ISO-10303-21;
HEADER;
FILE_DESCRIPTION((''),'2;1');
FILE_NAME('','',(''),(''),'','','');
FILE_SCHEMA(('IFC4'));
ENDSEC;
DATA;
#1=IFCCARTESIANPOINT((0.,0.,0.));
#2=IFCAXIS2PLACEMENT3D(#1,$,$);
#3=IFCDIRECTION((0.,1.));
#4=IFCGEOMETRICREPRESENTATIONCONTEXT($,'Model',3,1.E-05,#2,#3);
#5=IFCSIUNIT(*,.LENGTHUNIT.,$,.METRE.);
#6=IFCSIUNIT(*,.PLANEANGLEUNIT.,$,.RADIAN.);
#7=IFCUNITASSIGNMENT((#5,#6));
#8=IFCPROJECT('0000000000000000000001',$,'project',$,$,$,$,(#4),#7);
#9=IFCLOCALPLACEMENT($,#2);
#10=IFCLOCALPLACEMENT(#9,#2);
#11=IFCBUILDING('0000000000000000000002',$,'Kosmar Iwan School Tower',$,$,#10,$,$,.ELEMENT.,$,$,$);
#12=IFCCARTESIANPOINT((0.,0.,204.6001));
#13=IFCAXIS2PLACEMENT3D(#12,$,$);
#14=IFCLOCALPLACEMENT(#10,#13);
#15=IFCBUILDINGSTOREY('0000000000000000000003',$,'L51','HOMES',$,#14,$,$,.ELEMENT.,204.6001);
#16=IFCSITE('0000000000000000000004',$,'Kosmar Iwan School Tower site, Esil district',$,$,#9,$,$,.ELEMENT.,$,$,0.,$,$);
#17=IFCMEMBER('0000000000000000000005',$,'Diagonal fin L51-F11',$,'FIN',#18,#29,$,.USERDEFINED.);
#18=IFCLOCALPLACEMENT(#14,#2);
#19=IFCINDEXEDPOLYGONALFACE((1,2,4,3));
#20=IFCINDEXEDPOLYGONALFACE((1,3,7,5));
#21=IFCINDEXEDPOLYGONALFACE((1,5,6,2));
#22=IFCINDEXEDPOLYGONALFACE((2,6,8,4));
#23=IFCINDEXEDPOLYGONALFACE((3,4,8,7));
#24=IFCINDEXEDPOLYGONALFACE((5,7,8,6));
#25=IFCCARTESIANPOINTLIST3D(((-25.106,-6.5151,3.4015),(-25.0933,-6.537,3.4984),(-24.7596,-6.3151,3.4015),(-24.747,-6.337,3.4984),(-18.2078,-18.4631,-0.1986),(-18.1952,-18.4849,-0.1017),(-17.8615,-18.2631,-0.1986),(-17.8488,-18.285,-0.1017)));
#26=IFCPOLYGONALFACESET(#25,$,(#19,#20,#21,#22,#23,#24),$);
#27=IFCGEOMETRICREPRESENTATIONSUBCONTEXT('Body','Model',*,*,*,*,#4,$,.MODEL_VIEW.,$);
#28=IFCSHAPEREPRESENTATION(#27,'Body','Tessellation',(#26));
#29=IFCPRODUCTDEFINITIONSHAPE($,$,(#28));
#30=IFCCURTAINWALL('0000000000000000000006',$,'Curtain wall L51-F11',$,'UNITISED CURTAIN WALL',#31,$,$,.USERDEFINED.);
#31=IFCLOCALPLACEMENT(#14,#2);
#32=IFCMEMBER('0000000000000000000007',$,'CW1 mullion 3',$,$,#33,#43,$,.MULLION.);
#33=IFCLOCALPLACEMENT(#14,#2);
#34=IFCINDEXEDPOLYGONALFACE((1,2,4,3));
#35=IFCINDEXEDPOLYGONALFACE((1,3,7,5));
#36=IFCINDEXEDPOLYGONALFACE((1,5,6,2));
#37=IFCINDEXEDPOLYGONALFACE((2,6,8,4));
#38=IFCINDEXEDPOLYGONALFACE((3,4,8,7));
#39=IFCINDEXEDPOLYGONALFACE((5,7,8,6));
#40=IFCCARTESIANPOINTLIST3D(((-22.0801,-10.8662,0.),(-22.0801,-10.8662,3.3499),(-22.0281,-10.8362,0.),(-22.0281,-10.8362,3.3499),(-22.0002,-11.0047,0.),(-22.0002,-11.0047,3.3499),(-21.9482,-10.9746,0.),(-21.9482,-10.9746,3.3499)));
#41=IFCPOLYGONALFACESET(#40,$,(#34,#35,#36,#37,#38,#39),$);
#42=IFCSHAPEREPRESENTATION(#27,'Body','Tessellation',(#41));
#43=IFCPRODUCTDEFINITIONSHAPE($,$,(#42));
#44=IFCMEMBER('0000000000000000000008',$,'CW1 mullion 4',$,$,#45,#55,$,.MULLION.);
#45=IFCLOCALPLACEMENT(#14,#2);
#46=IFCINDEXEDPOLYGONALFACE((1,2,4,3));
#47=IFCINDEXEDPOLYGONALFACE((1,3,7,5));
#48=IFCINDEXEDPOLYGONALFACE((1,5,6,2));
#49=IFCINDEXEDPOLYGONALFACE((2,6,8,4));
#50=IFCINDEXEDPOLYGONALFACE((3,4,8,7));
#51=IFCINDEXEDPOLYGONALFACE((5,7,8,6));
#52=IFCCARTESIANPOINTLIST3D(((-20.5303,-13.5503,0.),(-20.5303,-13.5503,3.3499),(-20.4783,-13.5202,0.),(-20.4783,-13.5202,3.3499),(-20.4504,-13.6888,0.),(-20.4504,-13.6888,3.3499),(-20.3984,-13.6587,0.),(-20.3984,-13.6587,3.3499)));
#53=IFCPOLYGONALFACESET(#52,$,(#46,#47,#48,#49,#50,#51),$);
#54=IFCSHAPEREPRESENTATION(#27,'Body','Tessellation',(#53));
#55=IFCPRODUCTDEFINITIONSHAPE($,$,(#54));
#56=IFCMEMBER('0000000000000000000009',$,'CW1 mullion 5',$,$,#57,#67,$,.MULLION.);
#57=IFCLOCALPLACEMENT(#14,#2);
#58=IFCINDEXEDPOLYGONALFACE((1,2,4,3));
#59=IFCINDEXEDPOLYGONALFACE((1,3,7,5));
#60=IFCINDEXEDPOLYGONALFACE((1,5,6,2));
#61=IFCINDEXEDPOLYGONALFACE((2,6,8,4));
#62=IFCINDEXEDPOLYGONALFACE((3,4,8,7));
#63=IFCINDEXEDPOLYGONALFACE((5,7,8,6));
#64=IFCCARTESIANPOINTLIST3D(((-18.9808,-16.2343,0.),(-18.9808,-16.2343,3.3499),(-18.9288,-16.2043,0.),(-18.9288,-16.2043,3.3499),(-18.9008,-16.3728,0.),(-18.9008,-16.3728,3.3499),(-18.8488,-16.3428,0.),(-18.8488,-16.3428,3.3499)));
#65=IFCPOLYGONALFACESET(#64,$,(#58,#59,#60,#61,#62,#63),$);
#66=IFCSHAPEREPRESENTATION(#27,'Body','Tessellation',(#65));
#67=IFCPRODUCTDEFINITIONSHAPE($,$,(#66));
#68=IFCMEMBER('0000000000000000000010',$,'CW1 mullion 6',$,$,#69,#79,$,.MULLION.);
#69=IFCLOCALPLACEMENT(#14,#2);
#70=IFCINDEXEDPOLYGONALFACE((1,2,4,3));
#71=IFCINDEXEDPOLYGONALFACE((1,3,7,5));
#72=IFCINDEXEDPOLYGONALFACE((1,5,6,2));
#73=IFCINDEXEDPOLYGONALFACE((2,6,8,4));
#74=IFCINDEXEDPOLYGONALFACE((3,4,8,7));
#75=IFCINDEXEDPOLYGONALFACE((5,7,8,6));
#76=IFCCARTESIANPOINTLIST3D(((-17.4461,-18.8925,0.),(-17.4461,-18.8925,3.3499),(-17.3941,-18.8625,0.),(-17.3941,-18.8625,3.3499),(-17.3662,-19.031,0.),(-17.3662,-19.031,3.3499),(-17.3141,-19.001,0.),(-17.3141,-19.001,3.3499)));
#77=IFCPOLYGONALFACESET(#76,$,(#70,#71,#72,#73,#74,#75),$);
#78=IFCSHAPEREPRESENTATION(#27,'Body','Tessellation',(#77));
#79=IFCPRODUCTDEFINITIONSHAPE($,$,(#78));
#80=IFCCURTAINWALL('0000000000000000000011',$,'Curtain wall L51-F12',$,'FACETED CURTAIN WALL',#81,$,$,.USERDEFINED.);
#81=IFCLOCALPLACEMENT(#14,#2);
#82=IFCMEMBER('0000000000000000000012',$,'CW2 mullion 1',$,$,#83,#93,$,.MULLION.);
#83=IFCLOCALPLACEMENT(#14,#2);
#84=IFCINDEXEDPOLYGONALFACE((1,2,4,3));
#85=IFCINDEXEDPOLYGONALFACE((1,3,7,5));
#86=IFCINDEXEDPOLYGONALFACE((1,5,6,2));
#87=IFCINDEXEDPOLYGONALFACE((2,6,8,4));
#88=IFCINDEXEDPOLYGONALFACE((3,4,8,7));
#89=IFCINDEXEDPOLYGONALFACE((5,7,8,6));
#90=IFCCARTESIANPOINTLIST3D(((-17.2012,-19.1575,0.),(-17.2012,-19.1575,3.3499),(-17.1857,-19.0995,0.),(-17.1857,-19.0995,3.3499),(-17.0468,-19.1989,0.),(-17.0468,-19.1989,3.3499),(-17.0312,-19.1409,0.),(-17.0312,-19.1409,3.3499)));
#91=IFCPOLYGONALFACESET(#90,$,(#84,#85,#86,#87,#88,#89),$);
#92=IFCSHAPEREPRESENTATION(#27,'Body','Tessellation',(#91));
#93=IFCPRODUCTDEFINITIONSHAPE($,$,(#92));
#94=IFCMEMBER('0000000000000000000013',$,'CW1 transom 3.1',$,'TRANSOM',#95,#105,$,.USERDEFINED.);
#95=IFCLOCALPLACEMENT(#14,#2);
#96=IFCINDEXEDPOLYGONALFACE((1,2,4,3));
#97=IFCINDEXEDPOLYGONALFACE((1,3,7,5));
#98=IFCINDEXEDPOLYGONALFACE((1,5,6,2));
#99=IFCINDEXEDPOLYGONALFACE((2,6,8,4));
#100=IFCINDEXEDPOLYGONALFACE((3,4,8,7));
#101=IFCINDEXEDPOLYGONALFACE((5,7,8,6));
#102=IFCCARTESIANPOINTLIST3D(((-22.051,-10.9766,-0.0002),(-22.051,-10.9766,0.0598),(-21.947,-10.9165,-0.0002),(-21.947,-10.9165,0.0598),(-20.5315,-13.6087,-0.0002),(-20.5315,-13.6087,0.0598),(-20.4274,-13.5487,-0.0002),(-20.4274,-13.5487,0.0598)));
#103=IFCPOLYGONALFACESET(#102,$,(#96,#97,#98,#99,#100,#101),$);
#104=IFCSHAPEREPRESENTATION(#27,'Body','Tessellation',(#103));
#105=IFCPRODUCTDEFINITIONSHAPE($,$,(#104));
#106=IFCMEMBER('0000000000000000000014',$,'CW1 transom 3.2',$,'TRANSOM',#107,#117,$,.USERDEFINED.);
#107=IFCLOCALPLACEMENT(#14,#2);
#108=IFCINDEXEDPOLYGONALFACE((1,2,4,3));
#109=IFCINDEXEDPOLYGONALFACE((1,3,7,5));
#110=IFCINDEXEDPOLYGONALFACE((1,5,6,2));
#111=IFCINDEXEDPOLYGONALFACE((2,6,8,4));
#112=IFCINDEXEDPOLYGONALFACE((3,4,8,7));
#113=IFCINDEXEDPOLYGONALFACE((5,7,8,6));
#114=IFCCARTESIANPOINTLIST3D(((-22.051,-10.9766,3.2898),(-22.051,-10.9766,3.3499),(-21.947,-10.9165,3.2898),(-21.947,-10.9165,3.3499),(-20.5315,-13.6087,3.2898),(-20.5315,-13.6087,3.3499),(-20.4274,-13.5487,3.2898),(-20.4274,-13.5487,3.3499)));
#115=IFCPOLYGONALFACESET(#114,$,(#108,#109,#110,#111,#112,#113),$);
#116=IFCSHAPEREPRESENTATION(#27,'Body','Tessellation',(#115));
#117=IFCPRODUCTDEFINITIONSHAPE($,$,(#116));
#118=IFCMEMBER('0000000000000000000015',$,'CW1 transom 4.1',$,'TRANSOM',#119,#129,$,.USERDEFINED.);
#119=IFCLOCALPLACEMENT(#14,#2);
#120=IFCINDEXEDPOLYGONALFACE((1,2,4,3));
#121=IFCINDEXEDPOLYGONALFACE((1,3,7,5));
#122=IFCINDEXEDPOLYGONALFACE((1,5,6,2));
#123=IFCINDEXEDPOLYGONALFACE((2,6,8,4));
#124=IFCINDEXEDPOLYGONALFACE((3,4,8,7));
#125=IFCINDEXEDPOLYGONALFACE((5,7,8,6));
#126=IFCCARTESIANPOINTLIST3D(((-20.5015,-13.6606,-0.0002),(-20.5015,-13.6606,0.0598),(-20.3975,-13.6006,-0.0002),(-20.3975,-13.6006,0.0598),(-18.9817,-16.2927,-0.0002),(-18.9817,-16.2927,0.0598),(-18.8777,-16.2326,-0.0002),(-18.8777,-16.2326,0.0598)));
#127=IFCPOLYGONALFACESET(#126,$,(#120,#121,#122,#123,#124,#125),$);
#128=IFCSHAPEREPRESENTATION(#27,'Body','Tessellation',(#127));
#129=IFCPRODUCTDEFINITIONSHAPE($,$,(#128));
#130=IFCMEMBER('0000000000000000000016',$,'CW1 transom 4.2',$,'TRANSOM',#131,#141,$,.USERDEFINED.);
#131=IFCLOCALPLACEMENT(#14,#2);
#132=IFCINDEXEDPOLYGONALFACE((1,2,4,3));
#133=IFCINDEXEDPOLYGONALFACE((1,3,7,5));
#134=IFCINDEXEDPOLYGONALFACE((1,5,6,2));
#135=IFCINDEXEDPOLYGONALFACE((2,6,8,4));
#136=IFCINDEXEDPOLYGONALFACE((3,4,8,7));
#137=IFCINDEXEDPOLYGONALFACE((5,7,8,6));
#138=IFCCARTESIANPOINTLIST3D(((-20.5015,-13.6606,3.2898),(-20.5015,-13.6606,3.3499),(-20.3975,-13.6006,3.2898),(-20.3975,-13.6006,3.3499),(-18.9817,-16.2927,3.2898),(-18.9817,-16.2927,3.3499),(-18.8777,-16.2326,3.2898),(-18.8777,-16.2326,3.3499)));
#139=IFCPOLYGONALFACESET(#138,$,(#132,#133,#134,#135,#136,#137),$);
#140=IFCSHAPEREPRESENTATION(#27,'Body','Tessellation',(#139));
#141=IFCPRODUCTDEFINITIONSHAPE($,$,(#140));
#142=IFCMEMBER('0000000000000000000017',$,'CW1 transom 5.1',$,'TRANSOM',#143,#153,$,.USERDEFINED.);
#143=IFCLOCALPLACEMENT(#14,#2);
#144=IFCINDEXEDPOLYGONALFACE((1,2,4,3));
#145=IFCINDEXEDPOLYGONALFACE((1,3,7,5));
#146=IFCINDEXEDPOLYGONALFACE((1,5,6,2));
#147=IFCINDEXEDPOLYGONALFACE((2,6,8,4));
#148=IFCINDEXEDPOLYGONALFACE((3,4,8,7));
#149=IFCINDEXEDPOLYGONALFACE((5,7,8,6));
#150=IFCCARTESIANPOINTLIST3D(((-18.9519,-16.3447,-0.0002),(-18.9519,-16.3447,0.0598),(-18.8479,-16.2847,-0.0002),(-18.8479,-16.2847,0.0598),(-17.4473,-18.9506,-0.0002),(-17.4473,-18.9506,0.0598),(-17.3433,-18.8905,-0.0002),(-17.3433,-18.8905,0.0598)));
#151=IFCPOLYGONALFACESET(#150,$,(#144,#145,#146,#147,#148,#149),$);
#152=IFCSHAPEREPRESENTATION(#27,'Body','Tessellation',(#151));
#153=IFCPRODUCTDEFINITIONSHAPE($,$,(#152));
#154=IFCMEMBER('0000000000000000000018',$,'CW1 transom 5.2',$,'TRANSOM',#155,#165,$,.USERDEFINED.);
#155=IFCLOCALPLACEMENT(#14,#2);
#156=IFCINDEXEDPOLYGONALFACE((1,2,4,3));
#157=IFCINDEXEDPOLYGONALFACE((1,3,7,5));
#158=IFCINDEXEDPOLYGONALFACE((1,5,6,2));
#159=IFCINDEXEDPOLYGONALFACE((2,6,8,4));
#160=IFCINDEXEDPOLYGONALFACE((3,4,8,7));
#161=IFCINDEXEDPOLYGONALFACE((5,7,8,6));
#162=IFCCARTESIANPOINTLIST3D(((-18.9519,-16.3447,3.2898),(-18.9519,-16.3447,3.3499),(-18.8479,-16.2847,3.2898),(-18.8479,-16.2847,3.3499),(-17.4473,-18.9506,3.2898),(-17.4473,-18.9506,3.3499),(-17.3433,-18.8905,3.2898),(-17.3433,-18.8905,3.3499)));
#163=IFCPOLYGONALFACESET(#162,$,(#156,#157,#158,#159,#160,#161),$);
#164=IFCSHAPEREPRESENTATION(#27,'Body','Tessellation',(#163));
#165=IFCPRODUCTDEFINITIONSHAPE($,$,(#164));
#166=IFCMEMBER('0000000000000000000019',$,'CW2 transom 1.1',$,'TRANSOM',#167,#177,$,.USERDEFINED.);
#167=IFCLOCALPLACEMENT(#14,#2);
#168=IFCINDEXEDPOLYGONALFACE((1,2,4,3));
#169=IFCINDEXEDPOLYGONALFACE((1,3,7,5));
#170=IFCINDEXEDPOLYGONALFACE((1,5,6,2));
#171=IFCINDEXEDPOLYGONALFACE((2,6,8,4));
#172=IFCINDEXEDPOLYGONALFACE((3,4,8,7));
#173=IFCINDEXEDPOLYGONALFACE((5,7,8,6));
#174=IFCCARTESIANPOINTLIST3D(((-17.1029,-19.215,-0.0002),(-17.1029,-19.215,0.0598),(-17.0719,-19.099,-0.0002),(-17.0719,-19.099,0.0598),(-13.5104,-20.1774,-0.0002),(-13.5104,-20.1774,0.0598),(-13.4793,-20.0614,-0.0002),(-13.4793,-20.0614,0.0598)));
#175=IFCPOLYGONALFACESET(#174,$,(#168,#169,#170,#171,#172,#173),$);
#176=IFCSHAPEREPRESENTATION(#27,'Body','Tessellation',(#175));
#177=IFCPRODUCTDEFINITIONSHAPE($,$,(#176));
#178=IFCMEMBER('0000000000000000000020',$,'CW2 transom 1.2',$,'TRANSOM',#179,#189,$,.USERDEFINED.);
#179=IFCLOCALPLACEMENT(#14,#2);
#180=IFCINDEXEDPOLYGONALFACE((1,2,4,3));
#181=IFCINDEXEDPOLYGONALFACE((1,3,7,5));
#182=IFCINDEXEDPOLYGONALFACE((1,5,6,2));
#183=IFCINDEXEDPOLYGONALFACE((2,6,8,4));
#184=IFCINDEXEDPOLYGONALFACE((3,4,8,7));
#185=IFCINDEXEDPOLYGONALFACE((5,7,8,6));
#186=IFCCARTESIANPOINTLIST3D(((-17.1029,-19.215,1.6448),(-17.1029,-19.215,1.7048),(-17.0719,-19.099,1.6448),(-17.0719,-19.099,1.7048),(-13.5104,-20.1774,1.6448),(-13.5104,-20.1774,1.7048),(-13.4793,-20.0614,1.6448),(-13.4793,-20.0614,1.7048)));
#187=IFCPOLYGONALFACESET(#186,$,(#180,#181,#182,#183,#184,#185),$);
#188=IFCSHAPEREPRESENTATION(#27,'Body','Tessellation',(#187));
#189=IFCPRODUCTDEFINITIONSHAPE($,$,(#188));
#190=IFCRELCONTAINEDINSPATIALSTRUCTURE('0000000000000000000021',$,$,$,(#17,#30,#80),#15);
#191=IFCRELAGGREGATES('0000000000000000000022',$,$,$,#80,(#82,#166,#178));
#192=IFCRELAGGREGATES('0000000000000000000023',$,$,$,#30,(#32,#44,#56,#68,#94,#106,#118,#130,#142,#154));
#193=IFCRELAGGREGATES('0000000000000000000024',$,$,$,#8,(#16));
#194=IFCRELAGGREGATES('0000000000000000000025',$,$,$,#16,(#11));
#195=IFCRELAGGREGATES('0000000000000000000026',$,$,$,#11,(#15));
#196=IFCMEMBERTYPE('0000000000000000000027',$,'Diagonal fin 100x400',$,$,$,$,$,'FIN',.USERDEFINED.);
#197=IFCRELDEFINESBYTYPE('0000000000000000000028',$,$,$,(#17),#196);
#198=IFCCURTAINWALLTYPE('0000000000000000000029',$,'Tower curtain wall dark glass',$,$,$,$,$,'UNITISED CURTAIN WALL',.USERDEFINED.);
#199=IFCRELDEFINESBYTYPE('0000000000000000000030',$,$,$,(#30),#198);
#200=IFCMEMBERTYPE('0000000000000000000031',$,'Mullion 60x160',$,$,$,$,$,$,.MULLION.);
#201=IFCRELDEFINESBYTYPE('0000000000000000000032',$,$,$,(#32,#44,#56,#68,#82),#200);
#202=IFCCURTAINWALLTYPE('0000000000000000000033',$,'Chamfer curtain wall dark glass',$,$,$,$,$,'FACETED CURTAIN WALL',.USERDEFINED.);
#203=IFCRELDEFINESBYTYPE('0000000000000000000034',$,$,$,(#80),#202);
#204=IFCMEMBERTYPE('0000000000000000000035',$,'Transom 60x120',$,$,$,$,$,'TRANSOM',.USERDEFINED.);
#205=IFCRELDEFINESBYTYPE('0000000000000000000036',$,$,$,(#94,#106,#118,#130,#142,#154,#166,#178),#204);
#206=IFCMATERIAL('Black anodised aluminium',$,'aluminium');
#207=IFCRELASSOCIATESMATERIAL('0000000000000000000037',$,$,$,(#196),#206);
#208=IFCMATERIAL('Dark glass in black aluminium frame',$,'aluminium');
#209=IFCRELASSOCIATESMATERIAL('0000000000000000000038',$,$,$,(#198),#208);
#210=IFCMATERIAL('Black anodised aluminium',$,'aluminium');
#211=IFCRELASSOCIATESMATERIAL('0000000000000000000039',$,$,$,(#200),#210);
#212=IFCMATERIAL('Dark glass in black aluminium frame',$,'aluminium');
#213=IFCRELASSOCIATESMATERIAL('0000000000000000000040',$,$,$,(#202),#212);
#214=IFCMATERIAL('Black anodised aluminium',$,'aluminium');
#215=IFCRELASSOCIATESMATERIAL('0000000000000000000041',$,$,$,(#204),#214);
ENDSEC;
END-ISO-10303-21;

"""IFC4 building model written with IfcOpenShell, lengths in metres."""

from ifc_helpers import new_model, si_unit, direction, frame, origin, origin_2d, place, context, subcontext, project, spatial, rectangle, extrude, material, material_profile, profile_set, type_object, element, aggregate, save


model = new_model("IFC4")

# Units and contexts
model_context = context("Model", 3, precision=1e-05, world=origin(), true_north=direction((0.0, 1.0)))
body_context = subcontext(model_context, "Body", "Model", "MODEL_VIEW")
ifc_project = project(units=[si_unit("LENGTHUNIT", "METRE"), si_unit("PLANEANGLEUNIT", "RADIAN")], contexts=[model_context])

# Site, building, storey
site_placement = place(None, origin())
site = spatial("IfcSite", under=ifc_project, at=site_placement, Name="Kosmar Iwan School Tower site, Esil district", CompositionType="ELEMENT", RefElevation=0.0)
building_placement = place(site_placement, origin())
building = spatial("IfcBuilding", under=site, at=building_placement, Name="Kosmar Iwan School Tower", CompositionType="ELEMENT")
storey_placement = place(building_placement, frame((0.0, 0.0, 204.6001)))
storey = spatial("IfcBuildingStorey", under=building, at=storey_placement, Name="L51", Description="HOMES", CompositionType="ELEMENT", Elevation=204.6001)

# Member
ifc_material_1 = material(Name="Black anodised aluminium", Category="aluminium")
ifc_material_profile_1 = material_profile(ifc_material_1, rectangle(XDim=0.1001, YDim=0.3999, at=origin_2d()), Name="FIN 100x400")
ifc_profile_set_1 = profile_set([ifc_material_profile_1], Name="Black anodised aluminium")
member_type_1 = type_object("IfcMemberType", Name="Diagonal fin 100x400", ElementType="FIN", PredefinedType="USERDEFINED", material=ifc_profile_set_1)
member_1_placement = place(storey_placement, frame((-18.0283, -18.374, -0.1501), z_axis=(-0.4838, 0.837965, 0.252491), x_axis=(0.126245, -0.218663, 0.967599)))
element("IfcMember", 1, at=member_1_placement, inside=storey, type_object=member_type_1, Name="Diagonal fin L51-F11", ObjectType="FIN", PredefinedType="USERDEFINED", context=body_context, shape_type="SweptSolid", body=[
    extrude(rectangle(XDim=0.1001, YDim=0.3999, at=origin_2d()), origin(), (0.0, 0.0, 1.0), 14.2583),
])

# Curtain wall, members
ifc_material_2 = material(Name="Dark glass in black aluminium frame", Category="aluminium")
curtain_wall_type_1 = type_object("IfcCurtainWallType", Name="Tower curtain wall dark glass", ElementType="UNITISED CURTAIN WALL", PredefinedType="USERDEFINED", material=ifc_material_2)
curtain_wall_1_placement = place(storey_placement, origin())
curtain_wall_1 = element("IfcCurtainWall", 2, at=curtain_wall_1_placement, inside=storey, type_object=curtain_wall_type_1, Name="Curtain wall L51-F11", ObjectType="UNITISED CURTAIN WALL", PredefinedType="USERDEFINED")
ifc_material_3 = material(Name="Black anodised aluminium", Category="aluminium")
ifc_material_profile_2 = material_profile(ifc_material_3, rectangle(XDim=0.0601, YDim=0.1599, at=origin_2d()), Name="MULLION 60x160")
ifc_profile_set_2 = profile_set([ifc_material_profile_2], Name="Black anodised aluminium")
member_type_2 = type_object("IfcMemberType", Name="Mullion 60x160", PredefinedType="MULLION", material=ifc_profile_set_2)
member_2_placement = place(storey_placement, frame((-22.0142, -10.9204, 0.0), z_axis=(0.0, 0.0, 1.0), x_axis=(0.866025, 0.5, 0.0)))
member_2 = element("IfcMember", 3, at=member_2_placement, type_object=member_type_2, Name="CW1 mullion 3", PredefinedType="MULLION", context=body_context, shape_type="SweptSolid", body=[
    extrude(rectangle(XDim=0.0601, YDim=0.1599, at=origin_2d()), origin(), (0.0, 0.0, 1.0), 3.3499),
])
member_3_placement = place(storey_placement, frame((-20.4644, -13.6045, 0.0), z_axis=(0.0, 0.0, 1.0), x_axis=(0.866025, 0.5, 0.0)))
member_3 = element("IfcMember", 4, at=member_3_placement, type_object=member_type_2, Name="CW1 mullion 4", PredefinedType="MULLION", context=body_context, shape_type="SweptSolid", body=[
    extrude(rectangle(XDim=0.0601, YDim=0.1599, at=origin_2d()), origin(), (0.0, 0.0, 1.0), 3.3499),
])
member_4_placement = place(storey_placement, frame((-18.9148, -16.2886, 0.0), z_axis=(0.0, 0.0, 1.0), x_axis=(0.866025, 0.5, 0.0)))
member_4 = element("IfcMember", 5, at=member_4_placement, type_object=member_type_2, Name="CW1 mullion 5", PredefinedType="MULLION", context=body_context, shape_type="SweptSolid", body=[
    extrude(rectangle(XDim=0.0601, YDim=0.1599, at=origin_2d()), origin(), (0.0, 0.0, 1.0), 3.3499),
])
member_5_placement = place(storey_placement, frame((-17.3801, -18.9468, 0.0), z_axis=(0.0, 0.0, 1.0), x_axis=(0.866025, 0.5, 0.0)))
member_5 = element("IfcMember", 6, at=member_5_placement, type_object=member_type_2, Name="CW1 mullion 6", PredefinedType="MULLION", context=body_context, shape_type="SweptSolid", body=[
    extrude(rectangle(XDim=0.0601, YDim=0.1599, at=origin_2d()), origin(), (0.0, 0.0, 1.0), 3.3499),
])

# Curtain wall, member
ifc_material_4 = material(Name="Dark glass in black aluminium frame", Category="aluminium")
curtain_wall_type_2 = type_object("IfcCurtainWallType", Name="Chamfer curtain wall dark glass", ElementType="FACETED CURTAIN WALL", PredefinedType="USERDEFINED", material=ifc_material_4)
curtain_wall_2_placement = place(storey_placement, origin())
curtain_wall_2 = element("IfcCurtainWall", 7, at=curtain_wall_2_placement, inside=storey, type_object=curtain_wall_type_2, Name="Curtain wall L51-F12", ObjectType="FACETED CURTAIN WALL", PredefinedType="USERDEFINED")
member_6_placement = place(storey_placement, frame((-17.1162, -19.1492, 0.0), z_axis=(0.0, 0.0, 1.0), x_axis=(0.258819, 0.965926, 0.0)))
member_6 = element("IfcMember", 8, at=member_6_placement, type_object=member_type_2, Name="CW2 mullion 1", PredefinedType="MULLION", context=body_context, shape_type="SweptSolid", body=[
    extrude(rectangle(XDim=0.0601, YDim=0.1599, at=origin_2d()), origin(), (0.0, 0.0, 1.0), 3.3499),
])

# Members
ifc_material_5 = material(Name="Black anodised aluminium", Category="aluminium")
ifc_material_profile_3 = material_profile(ifc_material_5, rectangle(XDim=0.1201, YDim=0.0601, at=origin_2d()), Name="TRANSOM 60x120")
ifc_profile_set_3 = profile_set([ifc_material_profile_3], Name="Black anodised aluminium")
member_type_3 = type_object("IfcMemberType", Name="Transom 60x120", ElementType="TRANSOM", PredefinedType="USERDEFINED", material=ifc_profile_set_3)
member_7_placement = place(storey_placement, frame((-21.999, -10.9465, 0.0298), z_axis=(0.499975, -0.86604, 0.0), x_axis=(0.86604, 0.499975, 0.0)))
member_7 = element("IfcMember", 9, at=member_7_placement, type_object=member_type_3, Name="CW1 transom 3.1", ObjectType="TRANSOM", PredefinedType="USERDEFINED", context=body_context, shape_type="SweptSolid", body=[
    extrude(rectangle(XDim=0.1201, YDim=0.0601, at=origin_2d()), origin(), (0.0, 0.0, 1.0), 3.0393),
])
member_8_placement = place(storey_placement, frame((-21.999, -10.9465, 3.3198), z_axis=(0.499975, -0.86604, 0.0), x_axis=(0.86604, 0.499975, 0.0)))
member_8 = element("IfcMember", 10, at=member_8_placement, type_object=member_type_3, Name="CW1 transom 3.2", ObjectType="TRANSOM", PredefinedType="USERDEFINED", context=body_context, shape_type="SweptSolid", body=[
    extrude(rectangle(XDim=0.1201, YDim=0.0601, at=origin_2d()), origin(), (0.0, 0.0, 1.0), 3.0393),
])
member_9_placement = place(storey_placement, frame((-20.4495, -13.6306, 0.0298), z_axis=(0.500035, -0.866005, 0.0), x_axis=(0.866005, 0.500035, 0.0)))
member_9 = element("IfcMember", 11, at=member_9_placement, type_object=member_type_3, Name="CW1 transom 4.1", ObjectType="TRANSOM", PredefinedType="USERDEFINED", context=body_context, shape_type="SweptSolid", body=[
    extrude(rectangle(XDim=0.1201, YDim=0.0601, at=origin_2d()), origin(), (0.0, 0.0, 1.0), 3.0393),
])
member_10_placement = place(storey_placement, frame((-20.4495, -13.6306, 3.3198), z_axis=(0.500035, -0.866005, 0.0), x_axis=(0.866005, 0.500035, 0.0)))
member_10 = element("IfcMember", 12, at=member_10_placement, type_object=member_type_3, Name="CW1 transom 4.2", ObjectType="TRANSOM", PredefinedType="USERDEFINED", context=body_context, shape_type="SweptSolid", body=[
    extrude(rectangle(XDim=0.1201, YDim=0.0601, at=origin_2d()), origin(), (0.0, 0.0, 1.0), 3.0393),
])
member_11_placement = place(storey_placement, frame((-18.8999, -16.3147, 0.0298), z_axis=(0.500022, -0.866013, 0.0), x_axis=(0.866013, 0.500022, 0.0)))
member_11 = element("IfcMember", 13, at=member_11_placement, type_object=member_type_3, Name="CW1 transom 5.1", ObjectType="TRANSOM", PredefinedType="USERDEFINED", context=body_context, shape_type="SweptSolid", body=[
    extrude(rectangle(XDim=0.1201, YDim=0.0601, at=origin_2d()), origin(), (0.0, 0.0, 1.0), 3.009),
])
member_12_placement = place(storey_placement, frame((-18.8999, -16.3147, 3.3198), z_axis=(0.500022, -0.866013, 0.0), x_axis=(0.866013, 0.500022, 0.0)))
member_12 = element("IfcMember", 14, at=member_12_placement, type_object=member_type_3, Name="CW1 transom 5.2", ObjectType="TRANSOM", PredefinedType="USERDEFINED", context=body_context, shape_type="SweptSolid", body=[
    extrude(rectangle(XDim=0.1201, YDim=0.0601, at=origin_2d()), origin(), (0.0, 0.0, 1.0), 3.009),
])
member_13_placement = place(storey_placement, frame((-17.0874, -19.157, 0.0298), z_axis=(0.96594, -0.258766, 0.0), x_axis=(0.258766, 0.96594, 0.0)))
member_13 = element("IfcMember", 15, at=member_13_placement, type_object=member_type_3, Name="CW2 transom 1.1", ObjectType="TRANSOM", PredefinedType="USERDEFINED", context=body_context, shape_type="SweptSolid", body=[
    extrude(rectangle(XDim=0.1201, YDim=0.0601, at=origin_2d()), origin(), (0.0, 0.0, 1.0), 3.7192),
])
member_14_placement = place(storey_placement, frame((-17.0874, -19.157, 1.6748), z_axis=(0.96594, -0.258766, 0.0), x_axis=(0.258766, 0.96594, 0.0)))
member_14 = element("IfcMember", 16, at=member_14_placement, type_object=member_type_3, Name="CW2 transom 1.2", ObjectType="TRANSOM", PredefinedType="USERDEFINED", context=body_context, shape_type="SweptSolid", body=[
    extrude(rectangle(XDim=0.1201, YDim=0.0601, at=origin_2d()), origin(), (0.0, 0.0, 1.0), 3.7192),
])
aggregate(curtain_wall_2, [member_6, member_13, member_14])

aggregate(curtain_wall_1, [member_2, member_3, member_4, member_5, member_7, member_8, member_9, member_10, member_11, member_12])

save(model, "model.ifc")
